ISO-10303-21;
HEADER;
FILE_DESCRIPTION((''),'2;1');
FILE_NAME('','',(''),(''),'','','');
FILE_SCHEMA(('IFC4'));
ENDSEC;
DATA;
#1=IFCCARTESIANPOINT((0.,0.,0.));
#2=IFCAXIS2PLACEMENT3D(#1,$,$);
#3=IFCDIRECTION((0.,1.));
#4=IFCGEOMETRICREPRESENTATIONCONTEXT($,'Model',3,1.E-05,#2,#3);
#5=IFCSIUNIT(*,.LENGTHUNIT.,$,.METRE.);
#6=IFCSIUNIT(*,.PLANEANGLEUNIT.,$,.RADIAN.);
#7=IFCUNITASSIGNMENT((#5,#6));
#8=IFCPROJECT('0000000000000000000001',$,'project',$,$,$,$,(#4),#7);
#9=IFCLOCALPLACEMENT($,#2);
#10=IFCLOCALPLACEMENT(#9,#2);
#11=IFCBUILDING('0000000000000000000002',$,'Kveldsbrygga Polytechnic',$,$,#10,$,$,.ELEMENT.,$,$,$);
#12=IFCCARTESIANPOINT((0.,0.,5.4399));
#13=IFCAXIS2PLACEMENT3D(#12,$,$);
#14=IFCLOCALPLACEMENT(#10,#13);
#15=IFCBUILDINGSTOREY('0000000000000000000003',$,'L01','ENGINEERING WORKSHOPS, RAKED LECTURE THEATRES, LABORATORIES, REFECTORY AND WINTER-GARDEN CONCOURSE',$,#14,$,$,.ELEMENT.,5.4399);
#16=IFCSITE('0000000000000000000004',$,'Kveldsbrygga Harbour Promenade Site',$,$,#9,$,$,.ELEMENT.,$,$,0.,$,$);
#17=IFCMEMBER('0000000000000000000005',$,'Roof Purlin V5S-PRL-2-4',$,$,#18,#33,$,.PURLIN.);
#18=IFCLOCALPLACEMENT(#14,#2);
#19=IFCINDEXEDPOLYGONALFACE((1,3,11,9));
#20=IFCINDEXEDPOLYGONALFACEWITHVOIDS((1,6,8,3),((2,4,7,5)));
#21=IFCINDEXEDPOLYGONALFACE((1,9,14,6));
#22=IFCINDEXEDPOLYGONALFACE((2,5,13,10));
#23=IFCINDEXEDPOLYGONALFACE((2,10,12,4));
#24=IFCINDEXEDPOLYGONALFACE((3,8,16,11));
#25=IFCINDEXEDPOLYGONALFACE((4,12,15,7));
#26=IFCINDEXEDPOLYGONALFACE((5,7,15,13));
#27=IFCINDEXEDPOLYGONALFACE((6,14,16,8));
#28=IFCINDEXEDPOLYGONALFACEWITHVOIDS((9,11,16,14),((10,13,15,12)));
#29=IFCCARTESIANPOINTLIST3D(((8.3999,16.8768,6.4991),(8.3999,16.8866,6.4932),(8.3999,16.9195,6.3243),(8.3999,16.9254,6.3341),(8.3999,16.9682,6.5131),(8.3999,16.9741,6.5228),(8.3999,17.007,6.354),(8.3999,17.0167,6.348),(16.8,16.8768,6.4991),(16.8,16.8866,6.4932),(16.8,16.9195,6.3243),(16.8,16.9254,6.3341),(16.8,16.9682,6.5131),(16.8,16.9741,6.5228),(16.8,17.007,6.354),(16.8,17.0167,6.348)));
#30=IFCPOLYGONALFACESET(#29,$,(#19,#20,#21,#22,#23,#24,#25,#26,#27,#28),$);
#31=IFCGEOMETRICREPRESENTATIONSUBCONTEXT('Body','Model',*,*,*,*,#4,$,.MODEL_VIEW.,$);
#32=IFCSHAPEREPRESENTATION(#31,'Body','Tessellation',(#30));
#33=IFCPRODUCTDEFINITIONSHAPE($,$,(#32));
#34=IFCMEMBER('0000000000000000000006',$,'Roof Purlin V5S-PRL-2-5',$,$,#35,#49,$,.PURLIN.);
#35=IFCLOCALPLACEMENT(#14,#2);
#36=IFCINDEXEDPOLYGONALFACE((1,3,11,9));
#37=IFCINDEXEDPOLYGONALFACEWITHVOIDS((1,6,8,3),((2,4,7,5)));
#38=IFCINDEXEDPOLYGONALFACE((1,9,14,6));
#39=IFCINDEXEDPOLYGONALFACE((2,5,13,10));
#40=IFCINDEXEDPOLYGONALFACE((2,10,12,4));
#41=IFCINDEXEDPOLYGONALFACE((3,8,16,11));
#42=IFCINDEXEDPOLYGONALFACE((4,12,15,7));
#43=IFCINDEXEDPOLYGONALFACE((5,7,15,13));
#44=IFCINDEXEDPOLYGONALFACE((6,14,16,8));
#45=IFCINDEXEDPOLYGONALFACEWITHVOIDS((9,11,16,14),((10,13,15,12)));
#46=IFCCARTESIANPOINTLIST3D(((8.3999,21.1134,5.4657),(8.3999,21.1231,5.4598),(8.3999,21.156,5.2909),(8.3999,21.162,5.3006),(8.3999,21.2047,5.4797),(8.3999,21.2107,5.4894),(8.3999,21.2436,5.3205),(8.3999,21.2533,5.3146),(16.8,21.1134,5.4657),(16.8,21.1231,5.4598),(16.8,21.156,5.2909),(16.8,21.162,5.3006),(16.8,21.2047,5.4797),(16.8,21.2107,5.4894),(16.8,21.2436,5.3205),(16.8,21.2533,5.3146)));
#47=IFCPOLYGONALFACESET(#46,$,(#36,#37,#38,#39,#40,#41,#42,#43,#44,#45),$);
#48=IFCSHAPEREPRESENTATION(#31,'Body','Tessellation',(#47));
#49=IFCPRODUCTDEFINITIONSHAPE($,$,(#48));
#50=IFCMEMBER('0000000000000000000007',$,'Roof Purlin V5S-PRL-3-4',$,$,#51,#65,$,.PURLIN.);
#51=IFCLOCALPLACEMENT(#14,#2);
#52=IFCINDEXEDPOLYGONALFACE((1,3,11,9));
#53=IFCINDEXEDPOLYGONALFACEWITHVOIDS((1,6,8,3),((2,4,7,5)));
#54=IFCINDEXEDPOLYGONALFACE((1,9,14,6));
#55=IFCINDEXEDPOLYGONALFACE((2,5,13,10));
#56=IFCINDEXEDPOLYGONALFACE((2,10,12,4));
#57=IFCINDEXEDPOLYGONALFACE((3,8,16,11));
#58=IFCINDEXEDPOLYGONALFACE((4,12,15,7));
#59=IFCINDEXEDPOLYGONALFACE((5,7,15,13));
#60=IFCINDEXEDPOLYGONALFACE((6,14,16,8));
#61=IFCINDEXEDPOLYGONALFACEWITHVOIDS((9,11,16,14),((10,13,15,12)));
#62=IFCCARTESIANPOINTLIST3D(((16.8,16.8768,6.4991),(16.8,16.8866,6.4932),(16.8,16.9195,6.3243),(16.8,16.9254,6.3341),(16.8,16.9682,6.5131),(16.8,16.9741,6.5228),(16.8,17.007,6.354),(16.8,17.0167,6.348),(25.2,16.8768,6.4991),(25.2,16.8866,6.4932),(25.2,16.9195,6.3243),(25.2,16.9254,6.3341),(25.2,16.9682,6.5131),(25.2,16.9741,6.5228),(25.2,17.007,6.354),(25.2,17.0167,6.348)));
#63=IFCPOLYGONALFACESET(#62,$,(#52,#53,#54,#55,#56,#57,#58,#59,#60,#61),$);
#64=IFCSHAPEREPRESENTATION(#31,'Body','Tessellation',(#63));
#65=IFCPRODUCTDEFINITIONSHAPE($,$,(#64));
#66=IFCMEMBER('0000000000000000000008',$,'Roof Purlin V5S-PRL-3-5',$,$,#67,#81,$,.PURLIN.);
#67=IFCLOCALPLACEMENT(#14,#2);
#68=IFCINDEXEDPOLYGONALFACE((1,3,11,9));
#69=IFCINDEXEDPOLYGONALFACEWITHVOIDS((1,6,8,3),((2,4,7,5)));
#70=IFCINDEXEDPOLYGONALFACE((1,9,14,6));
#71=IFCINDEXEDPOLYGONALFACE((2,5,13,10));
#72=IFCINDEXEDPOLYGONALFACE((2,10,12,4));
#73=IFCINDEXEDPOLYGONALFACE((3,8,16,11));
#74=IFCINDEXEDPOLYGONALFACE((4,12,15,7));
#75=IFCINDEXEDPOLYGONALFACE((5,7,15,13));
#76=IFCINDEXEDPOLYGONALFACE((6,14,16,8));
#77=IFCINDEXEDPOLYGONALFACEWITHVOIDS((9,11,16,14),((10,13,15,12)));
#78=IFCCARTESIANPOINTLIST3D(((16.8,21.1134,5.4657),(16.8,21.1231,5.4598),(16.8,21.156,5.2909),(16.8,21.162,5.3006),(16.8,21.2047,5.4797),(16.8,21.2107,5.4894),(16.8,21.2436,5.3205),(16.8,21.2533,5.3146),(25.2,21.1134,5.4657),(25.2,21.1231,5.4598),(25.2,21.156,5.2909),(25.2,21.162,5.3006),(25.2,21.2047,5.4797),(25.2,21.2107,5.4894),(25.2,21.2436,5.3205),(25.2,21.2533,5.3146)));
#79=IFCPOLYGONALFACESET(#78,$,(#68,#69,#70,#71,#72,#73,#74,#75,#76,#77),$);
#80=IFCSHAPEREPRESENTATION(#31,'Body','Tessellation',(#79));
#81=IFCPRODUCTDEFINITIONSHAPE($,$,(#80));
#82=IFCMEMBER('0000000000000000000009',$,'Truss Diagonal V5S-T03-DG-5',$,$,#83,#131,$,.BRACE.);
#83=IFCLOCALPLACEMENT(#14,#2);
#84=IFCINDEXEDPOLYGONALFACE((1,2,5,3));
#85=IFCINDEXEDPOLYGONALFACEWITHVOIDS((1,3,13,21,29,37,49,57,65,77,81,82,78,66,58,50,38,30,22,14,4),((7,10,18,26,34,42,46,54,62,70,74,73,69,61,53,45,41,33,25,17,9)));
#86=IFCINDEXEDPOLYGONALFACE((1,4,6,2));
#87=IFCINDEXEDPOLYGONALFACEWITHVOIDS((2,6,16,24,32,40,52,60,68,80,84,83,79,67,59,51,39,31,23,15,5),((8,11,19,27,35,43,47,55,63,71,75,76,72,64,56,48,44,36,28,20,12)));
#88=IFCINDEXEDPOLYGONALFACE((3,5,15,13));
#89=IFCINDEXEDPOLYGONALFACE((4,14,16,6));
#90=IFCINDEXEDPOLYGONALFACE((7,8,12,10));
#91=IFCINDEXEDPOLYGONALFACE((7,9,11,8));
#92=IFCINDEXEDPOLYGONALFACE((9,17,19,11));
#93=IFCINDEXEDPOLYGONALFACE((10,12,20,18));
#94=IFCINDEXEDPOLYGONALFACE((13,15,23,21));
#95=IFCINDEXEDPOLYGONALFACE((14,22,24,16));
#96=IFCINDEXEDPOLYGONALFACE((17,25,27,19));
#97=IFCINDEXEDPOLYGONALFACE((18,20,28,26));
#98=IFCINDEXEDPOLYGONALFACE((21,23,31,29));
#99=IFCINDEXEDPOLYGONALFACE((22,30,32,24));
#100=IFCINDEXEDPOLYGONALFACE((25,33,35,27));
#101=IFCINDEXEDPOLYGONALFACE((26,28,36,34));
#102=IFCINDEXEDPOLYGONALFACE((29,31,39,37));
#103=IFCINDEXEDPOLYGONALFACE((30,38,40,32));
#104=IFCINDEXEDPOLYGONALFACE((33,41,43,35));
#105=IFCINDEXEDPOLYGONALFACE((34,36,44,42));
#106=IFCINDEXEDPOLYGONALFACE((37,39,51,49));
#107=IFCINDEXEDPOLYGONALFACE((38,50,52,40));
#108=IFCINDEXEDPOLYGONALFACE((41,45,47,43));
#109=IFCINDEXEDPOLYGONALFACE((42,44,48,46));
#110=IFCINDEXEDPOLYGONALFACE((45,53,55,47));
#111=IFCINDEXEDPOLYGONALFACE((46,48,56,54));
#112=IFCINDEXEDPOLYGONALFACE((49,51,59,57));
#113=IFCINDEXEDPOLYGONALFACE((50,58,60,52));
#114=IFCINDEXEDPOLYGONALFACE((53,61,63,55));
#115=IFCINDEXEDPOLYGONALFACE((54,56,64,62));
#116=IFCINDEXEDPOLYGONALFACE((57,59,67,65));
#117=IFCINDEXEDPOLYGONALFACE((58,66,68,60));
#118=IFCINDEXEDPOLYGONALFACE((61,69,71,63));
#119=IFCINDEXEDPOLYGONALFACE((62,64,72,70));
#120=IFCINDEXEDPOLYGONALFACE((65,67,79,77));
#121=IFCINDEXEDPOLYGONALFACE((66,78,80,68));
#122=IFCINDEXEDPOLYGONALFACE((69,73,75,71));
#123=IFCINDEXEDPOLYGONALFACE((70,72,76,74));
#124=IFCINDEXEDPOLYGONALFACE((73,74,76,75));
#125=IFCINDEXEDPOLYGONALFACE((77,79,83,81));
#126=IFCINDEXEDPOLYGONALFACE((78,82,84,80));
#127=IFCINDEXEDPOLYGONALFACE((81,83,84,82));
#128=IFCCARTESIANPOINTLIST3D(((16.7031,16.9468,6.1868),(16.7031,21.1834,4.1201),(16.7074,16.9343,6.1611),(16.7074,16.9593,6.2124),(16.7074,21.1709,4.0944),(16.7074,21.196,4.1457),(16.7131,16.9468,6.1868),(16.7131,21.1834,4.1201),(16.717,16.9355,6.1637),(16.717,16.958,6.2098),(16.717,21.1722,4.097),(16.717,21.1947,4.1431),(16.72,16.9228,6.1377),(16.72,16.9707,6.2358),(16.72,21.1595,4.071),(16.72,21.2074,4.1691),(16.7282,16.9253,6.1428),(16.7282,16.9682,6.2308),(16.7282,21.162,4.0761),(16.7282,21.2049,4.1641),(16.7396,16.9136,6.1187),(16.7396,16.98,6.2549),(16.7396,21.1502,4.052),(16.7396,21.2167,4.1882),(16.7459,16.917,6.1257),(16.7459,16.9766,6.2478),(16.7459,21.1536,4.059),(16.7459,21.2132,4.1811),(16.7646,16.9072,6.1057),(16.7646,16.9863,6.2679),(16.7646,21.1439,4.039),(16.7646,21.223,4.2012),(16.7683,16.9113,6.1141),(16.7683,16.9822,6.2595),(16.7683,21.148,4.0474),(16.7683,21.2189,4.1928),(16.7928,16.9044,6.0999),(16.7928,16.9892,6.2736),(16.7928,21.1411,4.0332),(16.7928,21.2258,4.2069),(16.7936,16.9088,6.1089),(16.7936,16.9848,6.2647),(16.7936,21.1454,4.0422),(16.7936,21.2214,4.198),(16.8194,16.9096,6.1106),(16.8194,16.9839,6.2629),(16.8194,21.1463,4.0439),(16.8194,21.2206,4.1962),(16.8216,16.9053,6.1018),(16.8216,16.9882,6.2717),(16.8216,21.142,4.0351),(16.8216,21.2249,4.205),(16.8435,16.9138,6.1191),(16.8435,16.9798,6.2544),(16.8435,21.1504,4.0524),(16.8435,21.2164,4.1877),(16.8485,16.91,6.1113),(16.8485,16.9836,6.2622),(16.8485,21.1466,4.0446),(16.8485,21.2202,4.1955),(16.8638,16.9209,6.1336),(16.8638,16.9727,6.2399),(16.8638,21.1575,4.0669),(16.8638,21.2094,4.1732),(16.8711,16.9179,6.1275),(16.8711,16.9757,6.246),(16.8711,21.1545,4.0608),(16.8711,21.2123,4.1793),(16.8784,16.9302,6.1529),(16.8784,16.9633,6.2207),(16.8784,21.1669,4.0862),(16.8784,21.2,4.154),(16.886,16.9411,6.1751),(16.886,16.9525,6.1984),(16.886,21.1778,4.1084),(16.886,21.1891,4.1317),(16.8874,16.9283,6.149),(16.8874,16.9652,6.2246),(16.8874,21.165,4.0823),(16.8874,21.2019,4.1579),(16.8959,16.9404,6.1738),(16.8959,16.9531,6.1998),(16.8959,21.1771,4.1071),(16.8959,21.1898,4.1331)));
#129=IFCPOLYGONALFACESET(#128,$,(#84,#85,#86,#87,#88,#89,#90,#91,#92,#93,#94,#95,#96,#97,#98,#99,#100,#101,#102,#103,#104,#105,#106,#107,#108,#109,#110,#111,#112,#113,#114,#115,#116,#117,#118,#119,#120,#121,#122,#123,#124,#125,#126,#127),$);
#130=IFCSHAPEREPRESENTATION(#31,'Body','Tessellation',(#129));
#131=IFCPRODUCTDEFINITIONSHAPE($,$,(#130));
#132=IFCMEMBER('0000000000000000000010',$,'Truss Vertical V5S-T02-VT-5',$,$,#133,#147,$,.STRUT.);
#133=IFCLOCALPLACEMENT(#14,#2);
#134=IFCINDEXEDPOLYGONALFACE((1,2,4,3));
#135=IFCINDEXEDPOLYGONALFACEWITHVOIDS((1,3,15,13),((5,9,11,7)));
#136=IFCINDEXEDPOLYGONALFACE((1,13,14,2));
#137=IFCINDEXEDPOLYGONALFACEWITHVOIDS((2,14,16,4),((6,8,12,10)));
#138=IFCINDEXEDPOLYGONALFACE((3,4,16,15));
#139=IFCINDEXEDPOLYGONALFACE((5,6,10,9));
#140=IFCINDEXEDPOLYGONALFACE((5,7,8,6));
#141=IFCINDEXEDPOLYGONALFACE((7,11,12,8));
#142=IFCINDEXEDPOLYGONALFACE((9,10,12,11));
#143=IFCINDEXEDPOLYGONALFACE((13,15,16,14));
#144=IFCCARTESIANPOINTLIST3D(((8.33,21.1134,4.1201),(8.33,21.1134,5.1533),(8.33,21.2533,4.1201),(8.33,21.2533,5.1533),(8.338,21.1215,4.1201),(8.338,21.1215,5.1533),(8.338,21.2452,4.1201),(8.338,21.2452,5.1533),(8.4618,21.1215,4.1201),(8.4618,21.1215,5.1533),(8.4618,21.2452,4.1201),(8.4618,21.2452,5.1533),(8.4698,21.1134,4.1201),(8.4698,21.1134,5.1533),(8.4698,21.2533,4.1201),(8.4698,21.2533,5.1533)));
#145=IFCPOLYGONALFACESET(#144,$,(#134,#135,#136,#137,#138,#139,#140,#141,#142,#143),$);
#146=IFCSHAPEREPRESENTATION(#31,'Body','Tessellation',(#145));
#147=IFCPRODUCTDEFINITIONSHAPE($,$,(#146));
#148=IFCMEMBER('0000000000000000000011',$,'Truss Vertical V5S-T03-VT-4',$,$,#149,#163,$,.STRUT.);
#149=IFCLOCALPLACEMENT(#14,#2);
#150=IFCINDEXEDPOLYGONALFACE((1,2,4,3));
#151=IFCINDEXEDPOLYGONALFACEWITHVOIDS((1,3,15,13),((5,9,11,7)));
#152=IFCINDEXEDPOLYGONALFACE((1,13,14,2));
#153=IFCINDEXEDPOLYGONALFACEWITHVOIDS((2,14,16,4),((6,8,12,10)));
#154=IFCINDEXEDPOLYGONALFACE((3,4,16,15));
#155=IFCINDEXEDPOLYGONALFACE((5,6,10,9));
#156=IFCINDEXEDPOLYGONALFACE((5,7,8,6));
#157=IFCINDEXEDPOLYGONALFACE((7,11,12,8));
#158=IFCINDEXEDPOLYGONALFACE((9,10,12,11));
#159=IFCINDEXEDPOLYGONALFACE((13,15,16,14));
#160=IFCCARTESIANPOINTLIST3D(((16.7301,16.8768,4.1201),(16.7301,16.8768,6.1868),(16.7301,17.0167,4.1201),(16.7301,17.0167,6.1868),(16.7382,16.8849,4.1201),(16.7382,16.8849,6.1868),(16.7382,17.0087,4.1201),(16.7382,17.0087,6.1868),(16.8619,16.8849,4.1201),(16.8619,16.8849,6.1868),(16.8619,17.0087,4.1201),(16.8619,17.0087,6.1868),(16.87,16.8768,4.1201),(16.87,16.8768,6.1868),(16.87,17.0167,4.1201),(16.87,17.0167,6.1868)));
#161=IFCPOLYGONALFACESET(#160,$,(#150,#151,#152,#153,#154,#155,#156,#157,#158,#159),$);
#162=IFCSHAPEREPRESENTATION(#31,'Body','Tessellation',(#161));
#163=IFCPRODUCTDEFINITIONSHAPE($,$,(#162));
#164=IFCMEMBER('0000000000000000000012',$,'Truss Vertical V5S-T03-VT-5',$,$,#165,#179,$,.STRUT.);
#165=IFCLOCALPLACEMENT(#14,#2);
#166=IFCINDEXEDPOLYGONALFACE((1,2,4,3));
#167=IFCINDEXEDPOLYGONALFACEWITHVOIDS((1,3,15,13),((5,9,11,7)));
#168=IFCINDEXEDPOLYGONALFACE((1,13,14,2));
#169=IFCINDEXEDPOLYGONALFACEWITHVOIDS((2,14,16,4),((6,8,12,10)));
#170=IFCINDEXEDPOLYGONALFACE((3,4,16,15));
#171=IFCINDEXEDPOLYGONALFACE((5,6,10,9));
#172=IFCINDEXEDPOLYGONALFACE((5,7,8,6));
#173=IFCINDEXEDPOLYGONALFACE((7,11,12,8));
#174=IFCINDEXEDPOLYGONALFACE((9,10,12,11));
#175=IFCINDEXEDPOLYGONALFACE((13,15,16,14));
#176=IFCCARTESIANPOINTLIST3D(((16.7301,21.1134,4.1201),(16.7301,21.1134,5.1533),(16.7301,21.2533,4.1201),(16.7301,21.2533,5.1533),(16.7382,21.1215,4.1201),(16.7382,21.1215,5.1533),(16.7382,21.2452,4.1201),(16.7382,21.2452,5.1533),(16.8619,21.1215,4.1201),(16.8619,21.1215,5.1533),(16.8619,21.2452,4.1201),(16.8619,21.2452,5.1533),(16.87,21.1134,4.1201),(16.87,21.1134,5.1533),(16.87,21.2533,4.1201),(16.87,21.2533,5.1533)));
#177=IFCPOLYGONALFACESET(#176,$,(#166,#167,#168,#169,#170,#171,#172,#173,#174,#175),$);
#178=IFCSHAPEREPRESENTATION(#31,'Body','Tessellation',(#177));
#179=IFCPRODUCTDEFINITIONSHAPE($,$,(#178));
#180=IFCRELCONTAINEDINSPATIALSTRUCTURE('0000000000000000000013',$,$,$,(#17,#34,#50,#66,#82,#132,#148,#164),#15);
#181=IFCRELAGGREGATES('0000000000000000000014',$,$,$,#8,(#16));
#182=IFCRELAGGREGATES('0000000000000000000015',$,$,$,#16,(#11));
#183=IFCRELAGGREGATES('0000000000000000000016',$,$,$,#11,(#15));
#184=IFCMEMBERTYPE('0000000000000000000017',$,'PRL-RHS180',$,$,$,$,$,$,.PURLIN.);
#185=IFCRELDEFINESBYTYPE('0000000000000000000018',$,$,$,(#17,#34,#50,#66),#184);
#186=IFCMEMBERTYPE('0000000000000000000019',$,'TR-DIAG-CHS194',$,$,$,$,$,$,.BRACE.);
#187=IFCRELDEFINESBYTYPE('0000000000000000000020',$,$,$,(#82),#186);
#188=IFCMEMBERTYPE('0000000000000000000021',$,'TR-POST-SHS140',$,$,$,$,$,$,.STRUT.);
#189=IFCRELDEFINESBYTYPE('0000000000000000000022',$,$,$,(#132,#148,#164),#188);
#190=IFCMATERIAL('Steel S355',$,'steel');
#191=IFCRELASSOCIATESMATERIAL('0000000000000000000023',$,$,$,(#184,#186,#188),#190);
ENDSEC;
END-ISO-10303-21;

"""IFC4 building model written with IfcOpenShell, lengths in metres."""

from ifc_helpers import new_model, si_unit, direction, frame, origin, origin_2d, place, context, subcontext, project, spatial, hollow_rectangle, hollow_circle, extrude, material, material_profile, profile_set, type_object, element, save


model = new_model("IFC4")

# Units and contexts
model_context = context("Model", 3, precision=1e-05, world=origin(), true_north=direction((0.0, 1.0)))
body_context = subcontext(model_context, "Body", "Model", "MODEL_VIEW")
ifc_project = project(units=[si_unit("LENGTHUNIT", "METRE"), si_unit("PLANEANGLEUNIT", "RADIAN")], contexts=[model_context])

# Site, building, storey
site_placement = place(None, origin())
site = spatial("IfcSite", under=ifc_project, at=site_placement, Name="Kveldsbrygga Harbour Promenade Site", CompositionType="ELEMENT", RefElevation=0.0)
building_placement = place(site_placement, origin())
building = spatial("IfcBuilding", under=site, at=building_placement, Name="Kveldsbrygga Polytechnic", CompositionType="ELEMENT")
storey_placement = place(building_placement, frame((0.0, 0.0, 5.4399)))
storey = spatial("IfcBuildingStorey", under=building, at=storey_placement, Name="L01", Description="ENGINEERING WORKSHOPS, RAKED LECTURE THEATRES, LABORATORIES, REFECTORY AND WINTER-GARDEN CONCOURSE", CompositionType="ELEMENT", Elevation=5.4399)

# Members
ifc_material_1 = material(Name="Steel S355", Category="steel")
ifc_material_profile_1 = material_profile(ifc_material_1, hollow_rectangle(XDim=0.1001, YDim=0.1799, WallThickness=0.0081, at=origin_2d()), Name="RHS 180x100x8.0")
ifc_profile_set_1 = profile_set([ifc_material_profile_1], Name="Steel S355")
member_type_1 = type_object("IfcMemberType", Name="PRL-RHS180", PredefinedType="PURLIN", material=ifc_profile_set_1)
for number, where, z_axis, x_axis, name in (
    (1, (8.3999, 16.9468, 6.4236), (1.0, 0.0, 0.0), (0.0, 0.97152, 0.236957), "Roof Purlin V5S-PRL-2-4"),
    (2, (8.3999, 21.1833, 5.3901), (1.0, 0.0, 0.0), (0.0, 0.97152, 0.236957), "Roof Purlin V5S-PRL-2-5"),
):
    element("IfcMember", number, at=place(storey_placement, frame(where, z_axis=z_axis, x_axis=x_axis)), inside=storey, type_object=member_type_1, Name=name, PredefinedType="PURLIN", context=body_context, shape_type="SweptSolid", body=[
        extrude(hollow_rectangle(XDim=0.1001, YDim=0.1799, WallThickness=0.0081, at=origin_2d()), origin(), (0.0, 0.0, 1.0), 8.4001),
    ])
for number, where, z_axis, x_axis, name in (
    (3, (16.8, 16.9468, 6.4236), (1.0, 0.0, 0.0), (0.0, 0.97152, 0.236957), "Roof Purlin V5S-PRL-3-4"),
    (4, (16.8, 21.1833, 5.3901), (1.0, 0.0, 0.0), (0.0, 0.97152, 0.236957), "Roof Purlin V5S-PRL-3-5"),
):
    element("IfcMember", number, at=place(storey_placement, frame(where, z_axis=z_axis, x_axis=x_axis)), inside=storey, type_object=member_type_1, Name=name, PredefinedType="PURLIN", context=body_context, shape_type="SweptSolid", body=[
        extrude(hollow_rectangle(XDim=0.1001, YDim=0.1799, WallThickness=0.0081, at=origin_2d()), origin(), (0.0, 0.0, 1.0), 8.3999),
    ])
ifc_material_profile_2 = material_profile(ifc_material_1, hollow_circle(Radius=0.0969, WallThickness=0.01, at=origin_2d()), Name="CHS 193.7x10.0")
ifc_profile_set_2 = profile_set([ifc_material_profile_2], Name="Steel S355")
member_type_2 = type_object("IfcMemberType", Name="TR-DIAG-CHS194", PredefinedType="BRACE", material=ifc_profile_set_2)
member_1_placement = place(storey_placement, frame((16.8, 16.9468, 6.1868), z_axis=(0.0, 0.898766, -0.438429), x_axis=(-1.0, 0.0, 0.0)))
element("IfcMember", 5, at=member_1_placement, inside=storey, type_object=member_type_2, Name="Truss Diagonal V5S-T03-DG-5", PredefinedType="BRACE", context=body_context, shape_type="SweptSolid", body=[
    extrude(hollow_circle(Radius=0.0969, WallThickness=0.01, at=origin_2d()), origin(), (0.0, 0.0, 1.0), 4.7139),
])
ifc_material_profile_3 = material_profile(ifc_material_1, hollow_rectangle(XDim=0.1399, YDim=0.1399, WallThickness=0.0081, at=origin_2d()), Name="SHS 140x140x8.0")
ifc_profile_set_3 = profile_set([ifc_material_profile_3], Name="Steel S355")
member_type_3 = type_object("IfcMemberType", Name="TR-POST-SHS140", PredefinedType="STRUT", material=ifc_profile_set_3)
member_2_placement = place(storey_placement, frame((8.3999, 21.1833, 4.1201), z_axis=(0.0, 0.0, 1.0), x_axis=(1.0, 0.0, 0.0)))
element("IfcMember", 6, at=member_2_placement, inside=storey, type_object=member_type_3, Name="Truss Vertical V5S-T02-VT-5", PredefinedType="STRUT", context=body_context, shape_type="SweptSolid", body=[
    extrude(hollow_rectangle(XDim=0.1399, YDim=0.1399, WallThickness=0.0081, at=origin_2d()), origin(), (0.0, 0.0, 1.0), 1.0332),
])
member_3_placement = place(storey_placement, frame((16.8, 16.9468, 4.1201), z_axis=(0.0, 0.0, 1.0), x_axis=(1.0, 0.0, 0.0)))
element("IfcMember", 7, at=member_3_placement, inside=storey, type_object=member_type_3, Name="Truss Vertical V5S-T03-VT-4", PredefinedType="STRUT", context=body_context, shape_type="SweptSolid", body=[
    extrude(hollow_rectangle(XDim=0.1399, YDim=0.1399, WallThickness=0.0081, at=origin_2d()), origin(), (0.0, 0.0, 1.0), 2.0667),
])
member_4_placement = place(storey_placement, frame((16.8, 21.1833, 4.1201), z_axis=(0.0, 0.0, 1.0), x_axis=(1.0, 0.0, 0.0)))
element("IfcMember", 8, at=member_4_placement, inside=storey, type_object=member_type_3, Name="Truss Vertical V5S-T03-VT-5", PredefinedType="STRUT", context=body_context, shape_type="SweptSolid", body=[
    extrude(hollow_rectangle(XDim=0.1399, YDim=0.1399, WallThickness=0.0081, at=origin_2d()), origin(), (0.0, 0.0, 1.0), 1.0332),
])

save(model, "model.ifc")
